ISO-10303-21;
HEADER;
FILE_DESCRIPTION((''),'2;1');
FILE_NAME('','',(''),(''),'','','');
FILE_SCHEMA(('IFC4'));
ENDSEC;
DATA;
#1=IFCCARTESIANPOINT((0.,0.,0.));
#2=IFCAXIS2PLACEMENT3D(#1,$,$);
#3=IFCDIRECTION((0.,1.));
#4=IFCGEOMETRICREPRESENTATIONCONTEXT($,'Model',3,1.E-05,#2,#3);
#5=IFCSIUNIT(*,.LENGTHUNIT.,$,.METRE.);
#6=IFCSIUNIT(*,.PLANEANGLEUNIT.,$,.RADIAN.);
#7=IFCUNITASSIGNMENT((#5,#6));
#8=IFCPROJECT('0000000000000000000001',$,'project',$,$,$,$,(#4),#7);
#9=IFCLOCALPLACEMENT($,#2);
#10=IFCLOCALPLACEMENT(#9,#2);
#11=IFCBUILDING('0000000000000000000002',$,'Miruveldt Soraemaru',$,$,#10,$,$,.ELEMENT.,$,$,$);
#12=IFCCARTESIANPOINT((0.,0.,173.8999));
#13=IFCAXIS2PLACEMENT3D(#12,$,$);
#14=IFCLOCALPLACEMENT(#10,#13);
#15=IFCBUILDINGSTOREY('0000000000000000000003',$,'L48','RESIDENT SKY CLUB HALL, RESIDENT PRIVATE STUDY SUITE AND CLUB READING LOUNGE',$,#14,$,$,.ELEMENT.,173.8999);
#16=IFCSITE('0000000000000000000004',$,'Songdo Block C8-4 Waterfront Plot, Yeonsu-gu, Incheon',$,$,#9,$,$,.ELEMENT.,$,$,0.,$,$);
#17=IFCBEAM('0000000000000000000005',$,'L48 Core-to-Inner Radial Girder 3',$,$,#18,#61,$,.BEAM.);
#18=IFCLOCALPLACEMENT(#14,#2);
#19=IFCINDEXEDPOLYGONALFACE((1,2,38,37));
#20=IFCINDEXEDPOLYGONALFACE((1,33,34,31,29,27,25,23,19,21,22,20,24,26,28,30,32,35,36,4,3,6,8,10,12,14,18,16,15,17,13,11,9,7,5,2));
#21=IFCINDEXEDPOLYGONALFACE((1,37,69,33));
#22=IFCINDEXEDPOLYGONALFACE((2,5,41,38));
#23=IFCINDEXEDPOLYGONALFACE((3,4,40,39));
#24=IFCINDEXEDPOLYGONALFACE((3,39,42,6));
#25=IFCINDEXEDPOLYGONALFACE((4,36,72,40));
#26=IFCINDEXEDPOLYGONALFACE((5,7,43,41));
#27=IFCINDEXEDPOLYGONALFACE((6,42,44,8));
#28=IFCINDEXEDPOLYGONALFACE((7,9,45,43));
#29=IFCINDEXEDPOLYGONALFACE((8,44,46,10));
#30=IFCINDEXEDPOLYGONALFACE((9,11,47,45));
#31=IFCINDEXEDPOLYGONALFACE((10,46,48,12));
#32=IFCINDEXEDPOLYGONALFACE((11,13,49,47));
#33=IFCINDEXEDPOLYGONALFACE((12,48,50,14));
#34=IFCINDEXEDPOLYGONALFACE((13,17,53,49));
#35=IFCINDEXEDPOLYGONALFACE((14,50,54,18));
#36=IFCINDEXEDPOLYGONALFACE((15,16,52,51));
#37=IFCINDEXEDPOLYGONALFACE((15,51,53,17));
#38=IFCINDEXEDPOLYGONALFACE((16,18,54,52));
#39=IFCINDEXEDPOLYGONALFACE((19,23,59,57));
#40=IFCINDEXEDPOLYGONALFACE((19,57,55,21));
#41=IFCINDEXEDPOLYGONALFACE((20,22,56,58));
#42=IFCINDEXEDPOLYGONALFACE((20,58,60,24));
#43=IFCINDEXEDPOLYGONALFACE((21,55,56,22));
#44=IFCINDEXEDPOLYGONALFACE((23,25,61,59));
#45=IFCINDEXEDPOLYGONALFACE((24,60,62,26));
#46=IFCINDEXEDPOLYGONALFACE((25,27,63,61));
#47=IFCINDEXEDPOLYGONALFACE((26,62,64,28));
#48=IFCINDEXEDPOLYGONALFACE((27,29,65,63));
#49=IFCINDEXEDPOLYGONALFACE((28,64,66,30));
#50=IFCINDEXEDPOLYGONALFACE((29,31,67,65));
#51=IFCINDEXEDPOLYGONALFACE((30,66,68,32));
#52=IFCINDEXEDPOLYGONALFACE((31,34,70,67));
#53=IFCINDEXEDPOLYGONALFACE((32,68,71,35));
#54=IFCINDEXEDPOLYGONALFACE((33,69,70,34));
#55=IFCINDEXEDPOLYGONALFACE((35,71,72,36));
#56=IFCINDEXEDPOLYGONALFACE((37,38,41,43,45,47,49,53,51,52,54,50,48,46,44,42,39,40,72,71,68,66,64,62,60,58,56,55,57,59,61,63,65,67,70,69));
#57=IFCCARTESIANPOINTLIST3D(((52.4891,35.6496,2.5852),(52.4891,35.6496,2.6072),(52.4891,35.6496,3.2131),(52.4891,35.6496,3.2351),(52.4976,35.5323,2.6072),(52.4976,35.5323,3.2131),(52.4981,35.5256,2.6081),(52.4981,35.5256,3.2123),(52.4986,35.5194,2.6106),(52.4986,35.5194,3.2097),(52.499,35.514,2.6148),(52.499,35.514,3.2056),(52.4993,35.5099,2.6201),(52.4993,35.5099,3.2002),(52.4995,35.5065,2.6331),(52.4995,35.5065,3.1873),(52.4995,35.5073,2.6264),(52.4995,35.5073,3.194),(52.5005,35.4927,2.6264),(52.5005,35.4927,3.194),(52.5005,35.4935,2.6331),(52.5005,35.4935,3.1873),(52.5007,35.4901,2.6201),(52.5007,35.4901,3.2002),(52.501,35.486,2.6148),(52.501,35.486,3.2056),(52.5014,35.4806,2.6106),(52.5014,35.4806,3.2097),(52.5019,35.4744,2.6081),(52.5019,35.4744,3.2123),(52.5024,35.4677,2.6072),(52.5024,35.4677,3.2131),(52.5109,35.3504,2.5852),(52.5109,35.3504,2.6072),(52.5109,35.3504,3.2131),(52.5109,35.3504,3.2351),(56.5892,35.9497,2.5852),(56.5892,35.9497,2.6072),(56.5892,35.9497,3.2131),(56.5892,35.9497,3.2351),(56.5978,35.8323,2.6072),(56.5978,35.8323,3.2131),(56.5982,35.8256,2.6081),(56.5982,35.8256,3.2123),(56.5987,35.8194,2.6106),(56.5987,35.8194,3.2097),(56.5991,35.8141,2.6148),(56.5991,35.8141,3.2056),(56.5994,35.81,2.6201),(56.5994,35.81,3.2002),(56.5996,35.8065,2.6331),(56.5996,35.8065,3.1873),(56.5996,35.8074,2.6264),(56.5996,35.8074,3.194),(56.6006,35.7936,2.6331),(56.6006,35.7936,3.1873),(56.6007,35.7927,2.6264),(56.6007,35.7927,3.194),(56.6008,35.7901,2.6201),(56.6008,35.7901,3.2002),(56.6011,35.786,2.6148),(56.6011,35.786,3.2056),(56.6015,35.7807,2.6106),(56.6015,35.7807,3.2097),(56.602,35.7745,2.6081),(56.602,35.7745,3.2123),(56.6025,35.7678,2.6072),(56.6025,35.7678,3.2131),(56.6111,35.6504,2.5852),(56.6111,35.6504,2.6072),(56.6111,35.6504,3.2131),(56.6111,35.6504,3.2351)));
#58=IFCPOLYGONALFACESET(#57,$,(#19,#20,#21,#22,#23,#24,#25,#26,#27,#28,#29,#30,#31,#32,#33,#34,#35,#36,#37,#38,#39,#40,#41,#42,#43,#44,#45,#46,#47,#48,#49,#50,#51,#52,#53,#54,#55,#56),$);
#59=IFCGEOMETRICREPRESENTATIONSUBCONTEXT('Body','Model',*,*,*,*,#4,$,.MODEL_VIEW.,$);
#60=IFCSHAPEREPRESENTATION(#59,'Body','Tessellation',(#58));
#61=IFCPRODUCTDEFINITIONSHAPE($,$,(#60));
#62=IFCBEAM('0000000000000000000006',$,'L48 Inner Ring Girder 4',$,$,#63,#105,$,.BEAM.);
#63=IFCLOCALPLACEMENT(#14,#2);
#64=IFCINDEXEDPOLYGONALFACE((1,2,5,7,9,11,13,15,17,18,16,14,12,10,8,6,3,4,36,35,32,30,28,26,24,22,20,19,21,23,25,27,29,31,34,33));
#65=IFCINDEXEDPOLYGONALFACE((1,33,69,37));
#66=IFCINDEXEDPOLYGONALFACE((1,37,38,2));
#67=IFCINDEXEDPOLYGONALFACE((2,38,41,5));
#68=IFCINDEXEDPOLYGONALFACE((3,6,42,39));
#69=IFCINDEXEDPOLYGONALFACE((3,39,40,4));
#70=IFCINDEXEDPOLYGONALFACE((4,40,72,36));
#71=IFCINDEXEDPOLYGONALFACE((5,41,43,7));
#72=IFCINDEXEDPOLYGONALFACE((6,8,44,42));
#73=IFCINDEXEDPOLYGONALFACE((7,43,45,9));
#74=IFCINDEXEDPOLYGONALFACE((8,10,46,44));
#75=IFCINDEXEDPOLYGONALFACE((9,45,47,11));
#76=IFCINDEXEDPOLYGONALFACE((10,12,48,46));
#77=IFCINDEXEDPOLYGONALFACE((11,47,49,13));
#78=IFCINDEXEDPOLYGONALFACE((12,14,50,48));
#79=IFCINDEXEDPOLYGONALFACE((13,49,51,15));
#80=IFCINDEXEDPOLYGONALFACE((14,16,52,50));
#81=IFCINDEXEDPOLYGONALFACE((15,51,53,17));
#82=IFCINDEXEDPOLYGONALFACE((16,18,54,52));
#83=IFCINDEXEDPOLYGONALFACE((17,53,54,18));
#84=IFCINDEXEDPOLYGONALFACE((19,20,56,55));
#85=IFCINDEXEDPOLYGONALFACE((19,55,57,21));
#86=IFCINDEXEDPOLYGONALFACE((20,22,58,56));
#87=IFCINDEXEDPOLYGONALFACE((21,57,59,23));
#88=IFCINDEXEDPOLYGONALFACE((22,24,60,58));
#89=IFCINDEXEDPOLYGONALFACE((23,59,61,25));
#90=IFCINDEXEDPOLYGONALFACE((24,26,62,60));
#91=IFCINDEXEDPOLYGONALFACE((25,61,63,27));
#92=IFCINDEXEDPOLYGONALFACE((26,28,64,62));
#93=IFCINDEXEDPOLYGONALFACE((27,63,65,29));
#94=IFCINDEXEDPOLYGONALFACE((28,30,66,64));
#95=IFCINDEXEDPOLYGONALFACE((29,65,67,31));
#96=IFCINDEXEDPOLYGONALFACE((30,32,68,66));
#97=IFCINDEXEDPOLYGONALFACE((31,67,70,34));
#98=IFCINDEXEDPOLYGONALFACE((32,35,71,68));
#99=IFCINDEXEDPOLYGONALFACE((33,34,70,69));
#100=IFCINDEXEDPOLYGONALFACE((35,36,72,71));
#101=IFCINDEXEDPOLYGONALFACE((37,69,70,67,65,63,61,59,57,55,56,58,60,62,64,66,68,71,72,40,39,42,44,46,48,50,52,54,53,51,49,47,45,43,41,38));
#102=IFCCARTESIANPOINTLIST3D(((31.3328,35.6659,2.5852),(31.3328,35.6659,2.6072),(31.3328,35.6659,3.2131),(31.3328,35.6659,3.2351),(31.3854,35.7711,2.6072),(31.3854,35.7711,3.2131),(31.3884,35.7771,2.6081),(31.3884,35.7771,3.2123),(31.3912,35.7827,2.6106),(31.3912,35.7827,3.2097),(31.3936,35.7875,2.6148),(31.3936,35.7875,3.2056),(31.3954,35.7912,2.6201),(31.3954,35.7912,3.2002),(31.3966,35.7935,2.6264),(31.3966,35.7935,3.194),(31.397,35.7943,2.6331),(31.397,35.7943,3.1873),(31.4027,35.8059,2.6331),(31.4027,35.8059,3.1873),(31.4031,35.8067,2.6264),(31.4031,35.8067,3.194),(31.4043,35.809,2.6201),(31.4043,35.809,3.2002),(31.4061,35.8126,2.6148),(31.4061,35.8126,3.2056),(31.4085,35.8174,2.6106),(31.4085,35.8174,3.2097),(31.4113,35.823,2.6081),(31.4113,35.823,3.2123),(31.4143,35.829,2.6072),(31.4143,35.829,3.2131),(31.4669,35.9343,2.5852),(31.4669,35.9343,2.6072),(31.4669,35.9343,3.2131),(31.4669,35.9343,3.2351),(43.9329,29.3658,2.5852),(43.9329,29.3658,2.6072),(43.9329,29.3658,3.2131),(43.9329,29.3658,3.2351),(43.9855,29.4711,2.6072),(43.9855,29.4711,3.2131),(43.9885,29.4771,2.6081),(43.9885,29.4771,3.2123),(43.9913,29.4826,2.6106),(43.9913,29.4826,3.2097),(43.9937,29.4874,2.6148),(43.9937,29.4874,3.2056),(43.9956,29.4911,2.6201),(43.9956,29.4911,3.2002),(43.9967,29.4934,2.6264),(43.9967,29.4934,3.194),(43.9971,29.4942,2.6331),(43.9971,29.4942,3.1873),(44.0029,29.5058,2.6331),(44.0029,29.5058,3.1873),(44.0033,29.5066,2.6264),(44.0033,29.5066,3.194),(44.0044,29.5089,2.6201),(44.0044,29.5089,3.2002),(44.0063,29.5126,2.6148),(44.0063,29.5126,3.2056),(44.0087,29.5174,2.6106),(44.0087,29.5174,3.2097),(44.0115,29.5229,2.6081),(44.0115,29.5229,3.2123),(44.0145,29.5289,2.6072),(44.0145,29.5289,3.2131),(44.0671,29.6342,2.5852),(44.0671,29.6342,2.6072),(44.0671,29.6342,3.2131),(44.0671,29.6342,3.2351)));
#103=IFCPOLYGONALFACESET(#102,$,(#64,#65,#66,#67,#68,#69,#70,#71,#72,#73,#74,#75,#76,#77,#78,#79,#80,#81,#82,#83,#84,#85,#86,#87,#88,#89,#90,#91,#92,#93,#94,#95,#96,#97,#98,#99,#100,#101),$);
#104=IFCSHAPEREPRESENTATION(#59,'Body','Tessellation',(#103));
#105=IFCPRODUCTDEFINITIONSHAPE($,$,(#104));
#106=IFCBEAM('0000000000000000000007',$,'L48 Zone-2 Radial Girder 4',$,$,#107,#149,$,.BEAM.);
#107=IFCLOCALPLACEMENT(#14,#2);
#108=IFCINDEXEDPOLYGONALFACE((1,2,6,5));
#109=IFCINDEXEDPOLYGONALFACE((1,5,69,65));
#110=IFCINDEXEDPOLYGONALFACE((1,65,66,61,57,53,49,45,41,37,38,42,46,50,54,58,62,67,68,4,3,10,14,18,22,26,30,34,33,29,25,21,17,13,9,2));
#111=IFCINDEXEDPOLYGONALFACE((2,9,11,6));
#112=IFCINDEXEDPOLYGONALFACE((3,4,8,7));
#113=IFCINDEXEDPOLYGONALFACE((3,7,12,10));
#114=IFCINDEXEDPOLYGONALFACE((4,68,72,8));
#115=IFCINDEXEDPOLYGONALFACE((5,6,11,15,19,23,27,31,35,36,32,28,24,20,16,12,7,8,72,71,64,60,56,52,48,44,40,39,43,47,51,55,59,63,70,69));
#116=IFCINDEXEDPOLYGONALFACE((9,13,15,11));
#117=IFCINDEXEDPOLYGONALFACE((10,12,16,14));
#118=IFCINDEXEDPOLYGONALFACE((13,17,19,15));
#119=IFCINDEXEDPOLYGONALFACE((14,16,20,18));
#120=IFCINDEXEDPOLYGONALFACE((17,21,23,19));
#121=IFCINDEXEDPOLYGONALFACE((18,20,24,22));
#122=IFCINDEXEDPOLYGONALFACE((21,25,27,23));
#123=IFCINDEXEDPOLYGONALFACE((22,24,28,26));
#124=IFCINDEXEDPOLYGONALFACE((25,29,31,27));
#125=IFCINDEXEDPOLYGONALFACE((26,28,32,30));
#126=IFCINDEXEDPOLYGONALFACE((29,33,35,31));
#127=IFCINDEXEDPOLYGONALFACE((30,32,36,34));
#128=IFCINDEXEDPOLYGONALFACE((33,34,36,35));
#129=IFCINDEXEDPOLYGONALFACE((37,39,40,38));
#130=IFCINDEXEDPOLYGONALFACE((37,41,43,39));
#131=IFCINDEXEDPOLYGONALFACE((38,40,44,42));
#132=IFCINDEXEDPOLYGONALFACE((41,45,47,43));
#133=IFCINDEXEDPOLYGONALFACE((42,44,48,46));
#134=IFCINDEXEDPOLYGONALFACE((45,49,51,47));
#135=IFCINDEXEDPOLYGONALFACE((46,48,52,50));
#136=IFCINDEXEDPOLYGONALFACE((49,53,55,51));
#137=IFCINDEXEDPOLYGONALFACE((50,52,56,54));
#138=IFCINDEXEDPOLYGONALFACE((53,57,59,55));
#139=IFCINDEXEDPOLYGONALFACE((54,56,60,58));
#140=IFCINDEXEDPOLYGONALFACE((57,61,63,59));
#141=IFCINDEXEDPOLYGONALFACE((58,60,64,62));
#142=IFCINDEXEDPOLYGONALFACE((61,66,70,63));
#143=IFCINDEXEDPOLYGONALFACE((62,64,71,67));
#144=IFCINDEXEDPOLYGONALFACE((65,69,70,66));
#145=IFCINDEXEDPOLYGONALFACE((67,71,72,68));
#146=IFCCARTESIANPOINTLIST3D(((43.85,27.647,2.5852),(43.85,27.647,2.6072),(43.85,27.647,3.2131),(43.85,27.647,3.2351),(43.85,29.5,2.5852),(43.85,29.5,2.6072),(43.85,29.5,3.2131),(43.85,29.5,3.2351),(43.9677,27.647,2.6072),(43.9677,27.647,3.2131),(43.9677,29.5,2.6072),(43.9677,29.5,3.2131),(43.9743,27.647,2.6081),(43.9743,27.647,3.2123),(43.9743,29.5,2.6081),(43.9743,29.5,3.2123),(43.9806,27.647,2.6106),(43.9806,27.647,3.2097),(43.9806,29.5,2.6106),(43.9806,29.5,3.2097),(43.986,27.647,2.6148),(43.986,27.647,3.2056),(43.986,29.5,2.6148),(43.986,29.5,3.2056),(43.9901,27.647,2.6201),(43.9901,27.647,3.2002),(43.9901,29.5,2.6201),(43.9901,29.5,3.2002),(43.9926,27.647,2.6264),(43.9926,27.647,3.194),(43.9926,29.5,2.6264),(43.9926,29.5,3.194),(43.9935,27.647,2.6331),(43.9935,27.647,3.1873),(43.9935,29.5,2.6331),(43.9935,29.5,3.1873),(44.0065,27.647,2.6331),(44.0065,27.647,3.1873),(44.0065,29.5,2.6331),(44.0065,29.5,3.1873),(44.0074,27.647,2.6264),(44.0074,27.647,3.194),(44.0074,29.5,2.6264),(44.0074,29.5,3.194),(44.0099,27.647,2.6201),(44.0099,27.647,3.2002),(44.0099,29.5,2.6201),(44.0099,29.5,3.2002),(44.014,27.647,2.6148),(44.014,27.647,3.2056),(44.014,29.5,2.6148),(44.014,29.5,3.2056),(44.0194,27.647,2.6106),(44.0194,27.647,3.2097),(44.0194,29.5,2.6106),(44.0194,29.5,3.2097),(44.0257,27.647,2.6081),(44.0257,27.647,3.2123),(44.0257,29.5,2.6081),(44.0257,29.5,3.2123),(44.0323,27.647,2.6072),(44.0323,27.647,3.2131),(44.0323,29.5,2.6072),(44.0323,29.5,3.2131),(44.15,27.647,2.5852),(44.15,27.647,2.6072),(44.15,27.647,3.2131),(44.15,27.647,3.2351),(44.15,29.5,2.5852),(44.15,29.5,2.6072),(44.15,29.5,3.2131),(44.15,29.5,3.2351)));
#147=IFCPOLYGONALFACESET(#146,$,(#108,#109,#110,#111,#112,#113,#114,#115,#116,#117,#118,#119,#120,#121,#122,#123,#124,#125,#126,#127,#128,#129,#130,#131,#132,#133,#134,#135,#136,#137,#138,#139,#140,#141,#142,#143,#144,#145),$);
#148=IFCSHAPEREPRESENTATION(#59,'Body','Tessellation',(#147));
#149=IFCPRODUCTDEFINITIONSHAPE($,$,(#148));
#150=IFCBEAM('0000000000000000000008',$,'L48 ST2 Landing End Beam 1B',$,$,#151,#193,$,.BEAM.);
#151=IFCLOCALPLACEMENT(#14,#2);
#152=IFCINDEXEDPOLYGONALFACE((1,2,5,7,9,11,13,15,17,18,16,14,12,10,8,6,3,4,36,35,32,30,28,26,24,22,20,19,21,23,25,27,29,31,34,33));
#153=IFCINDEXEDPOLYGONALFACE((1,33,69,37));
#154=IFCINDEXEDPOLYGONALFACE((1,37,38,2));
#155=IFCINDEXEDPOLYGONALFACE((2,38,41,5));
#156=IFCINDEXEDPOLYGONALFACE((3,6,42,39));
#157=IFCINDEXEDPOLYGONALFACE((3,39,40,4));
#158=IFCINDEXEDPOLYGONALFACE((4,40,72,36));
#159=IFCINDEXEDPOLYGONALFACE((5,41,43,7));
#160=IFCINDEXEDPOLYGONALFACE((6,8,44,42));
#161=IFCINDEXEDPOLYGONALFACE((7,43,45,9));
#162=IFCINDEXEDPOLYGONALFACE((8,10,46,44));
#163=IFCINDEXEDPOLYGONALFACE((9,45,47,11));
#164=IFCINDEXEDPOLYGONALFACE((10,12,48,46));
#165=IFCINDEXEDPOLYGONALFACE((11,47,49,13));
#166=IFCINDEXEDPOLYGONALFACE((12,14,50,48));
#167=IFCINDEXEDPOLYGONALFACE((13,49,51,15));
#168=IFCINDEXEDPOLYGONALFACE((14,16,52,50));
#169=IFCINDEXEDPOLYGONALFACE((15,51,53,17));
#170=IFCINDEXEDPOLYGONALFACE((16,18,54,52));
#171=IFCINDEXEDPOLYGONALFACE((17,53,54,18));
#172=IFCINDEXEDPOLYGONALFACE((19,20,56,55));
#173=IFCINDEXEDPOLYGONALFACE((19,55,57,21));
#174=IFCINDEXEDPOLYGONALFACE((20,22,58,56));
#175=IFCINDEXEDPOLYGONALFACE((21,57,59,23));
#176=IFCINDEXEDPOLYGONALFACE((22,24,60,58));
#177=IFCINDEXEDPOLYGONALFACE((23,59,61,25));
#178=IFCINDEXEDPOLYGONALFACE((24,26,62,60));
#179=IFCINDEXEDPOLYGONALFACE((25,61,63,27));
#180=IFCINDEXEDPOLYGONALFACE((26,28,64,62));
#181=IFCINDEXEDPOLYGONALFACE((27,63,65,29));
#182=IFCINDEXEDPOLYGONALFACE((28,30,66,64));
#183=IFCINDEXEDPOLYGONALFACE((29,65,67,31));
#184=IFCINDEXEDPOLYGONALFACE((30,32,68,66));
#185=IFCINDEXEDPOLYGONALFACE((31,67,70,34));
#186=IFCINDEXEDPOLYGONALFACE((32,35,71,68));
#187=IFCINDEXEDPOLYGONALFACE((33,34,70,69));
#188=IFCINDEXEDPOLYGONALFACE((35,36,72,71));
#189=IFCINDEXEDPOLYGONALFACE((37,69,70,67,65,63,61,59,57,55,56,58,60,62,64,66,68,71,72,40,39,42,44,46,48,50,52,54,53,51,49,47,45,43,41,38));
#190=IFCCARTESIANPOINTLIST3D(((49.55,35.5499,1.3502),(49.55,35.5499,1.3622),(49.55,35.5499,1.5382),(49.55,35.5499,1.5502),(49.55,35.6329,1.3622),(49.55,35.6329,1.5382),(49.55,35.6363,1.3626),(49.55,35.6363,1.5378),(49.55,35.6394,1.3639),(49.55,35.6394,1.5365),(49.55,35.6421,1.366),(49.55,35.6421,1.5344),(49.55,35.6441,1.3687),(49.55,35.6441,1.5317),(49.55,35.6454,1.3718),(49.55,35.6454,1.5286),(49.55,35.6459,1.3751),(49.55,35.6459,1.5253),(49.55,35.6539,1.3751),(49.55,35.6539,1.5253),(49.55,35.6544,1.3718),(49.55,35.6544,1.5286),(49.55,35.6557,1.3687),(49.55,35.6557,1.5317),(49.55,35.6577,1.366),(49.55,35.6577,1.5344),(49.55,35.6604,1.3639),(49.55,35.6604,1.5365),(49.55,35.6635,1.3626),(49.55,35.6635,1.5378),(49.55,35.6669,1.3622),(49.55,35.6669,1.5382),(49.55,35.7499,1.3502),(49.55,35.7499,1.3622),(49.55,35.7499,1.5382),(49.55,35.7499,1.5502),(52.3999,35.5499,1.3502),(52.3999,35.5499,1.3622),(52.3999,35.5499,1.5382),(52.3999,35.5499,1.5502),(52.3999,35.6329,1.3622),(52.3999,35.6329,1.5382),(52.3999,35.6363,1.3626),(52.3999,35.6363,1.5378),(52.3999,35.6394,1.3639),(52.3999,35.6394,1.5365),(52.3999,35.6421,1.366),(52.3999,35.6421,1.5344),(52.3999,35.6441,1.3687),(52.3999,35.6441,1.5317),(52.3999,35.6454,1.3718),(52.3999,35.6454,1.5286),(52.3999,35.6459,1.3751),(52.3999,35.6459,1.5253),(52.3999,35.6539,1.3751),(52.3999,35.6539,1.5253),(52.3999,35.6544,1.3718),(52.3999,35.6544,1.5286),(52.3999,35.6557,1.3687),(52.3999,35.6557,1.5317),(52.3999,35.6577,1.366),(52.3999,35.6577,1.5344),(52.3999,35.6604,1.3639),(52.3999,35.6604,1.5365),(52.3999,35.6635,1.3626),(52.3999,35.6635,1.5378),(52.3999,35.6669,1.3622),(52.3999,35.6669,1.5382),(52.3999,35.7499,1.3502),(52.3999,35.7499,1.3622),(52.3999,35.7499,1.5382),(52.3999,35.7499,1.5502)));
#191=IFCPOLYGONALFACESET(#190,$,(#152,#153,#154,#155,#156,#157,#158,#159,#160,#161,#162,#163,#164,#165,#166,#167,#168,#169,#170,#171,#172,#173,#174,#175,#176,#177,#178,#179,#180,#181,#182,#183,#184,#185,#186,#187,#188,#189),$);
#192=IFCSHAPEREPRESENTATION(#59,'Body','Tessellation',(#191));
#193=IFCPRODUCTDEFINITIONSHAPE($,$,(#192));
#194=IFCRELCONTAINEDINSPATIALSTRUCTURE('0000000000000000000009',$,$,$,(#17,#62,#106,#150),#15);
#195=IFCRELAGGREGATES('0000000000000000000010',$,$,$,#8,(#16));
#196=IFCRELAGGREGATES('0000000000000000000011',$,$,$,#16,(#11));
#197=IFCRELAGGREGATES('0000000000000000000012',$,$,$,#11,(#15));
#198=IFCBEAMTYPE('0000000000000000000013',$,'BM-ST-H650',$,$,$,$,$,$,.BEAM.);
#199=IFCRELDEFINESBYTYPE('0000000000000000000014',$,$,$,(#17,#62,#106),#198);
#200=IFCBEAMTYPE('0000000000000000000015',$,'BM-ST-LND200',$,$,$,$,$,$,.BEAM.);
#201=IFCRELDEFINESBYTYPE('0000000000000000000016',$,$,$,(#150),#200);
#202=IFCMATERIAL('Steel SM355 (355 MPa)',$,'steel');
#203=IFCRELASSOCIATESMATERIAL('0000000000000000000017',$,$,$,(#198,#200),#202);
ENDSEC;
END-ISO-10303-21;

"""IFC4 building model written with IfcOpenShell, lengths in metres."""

from ifc_helpers import new_model, si_unit, direction, frame, origin, origin_2d, place, context, subcontext, project, spatial, i_section, extrude, material, material_profile, profile_set, type_object, element, save


model = new_model("IFC4")

# Units and contexts
model_context = context("Model", 3, precision=1e-05, world=origin(), true_north=direction((0.0, 1.0)))
body_context = subcontext(model_context, "Body", "Model", "MODEL_VIEW")
ifc_project = project(units=[si_unit("LENGTHUNIT", "METRE"), si_unit("PLANEANGLEUNIT", "RADIAN")], contexts=[model_context])

# Site, building, storey
site_placement = place(None, origin())
site = spatial("IfcSite", under=ifc_project, at=site_placement, Name="Songdo Block C8-4 Waterfront Plot, Yeonsu-gu, Incheon", CompositionType="ELEMENT", RefElevation=0.0)
building_placement = place(site_placement, origin())
building = spatial("IfcBuilding", under=site, at=building_placement, Name="Miruveldt Soraemaru", CompositionType="ELEMENT")
storey_placement = place(building_placement, frame((0.0, 0.0, 173.8999)))
storey = spatial("IfcBuildingStorey", under=building, at=storey_placement, Name="L48", Description="RESIDENT SKY CLUB HALL, RESIDENT PRIVATE STUDY SUITE AND CLUB READING LOUNGE", CompositionType="ELEMENT", Elevation=173.8999)

# Beams
ifc_material_1 = material(Name="Steel SM355 (355 MPa)", Category="steel")
ifc_material_profile_1 = material_profile(ifc_material_1, i_section(OverallWidth=0.3, OverallDepth=0.6499, WebThickness=0.0129, FlangeThickness=0.022, FilletRadius=0.0259, at=origin_2d()), Name="Steel SM355 (355 MPa)", Category="steel")
ifc_profile_set_1 = profile_set([ifc_material_profile_1], Name="Steel SM355 (355 MPa)")
beam_type_1 = type_object("IfcBeamType", Name="BM-ST-H650", PredefinedType="BEAM", material=ifc_profile_set_1)
beam_1_placement = place(storey_placement, frame((52.5, 35.5, 2.9102), z_axis=(0.997333, 0.072986, 0.0), x_axis=(-0.072986, 0.997333, 0.0)))
element("IfcBeam", 1, at=beam_1_placement, inside=storey, type_object=beam_type_1, Name="L48 Core-to-Inner Radial Girder 3", PredefinedType="BEAM", context=body_context, shape_type="SweptSolid", body=[
    extrude(i_section(OverallWidth=0.3, OverallDepth=0.6499, WebThickness=0.0129, FlangeThickness=0.022, FilletRadius=0.0259, at=origin_2d()), origin(), (0.0, 0.0, 1.0), 4.1111),
])
beam_2_placement = place(storey_placement, frame((44.0, 29.5, 2.9102), z_axis=(-0.894427, 0.447214, 0.0), x_axis=(-0.447214, -0.894427, 0.0)))
element("IfcBeam", 2, at=beam_2_placement, inside=storey, type_object=beam_type_1, Name="L48 Inner Ring Girder 4", PredefinedType="BEAM", context=body_context, shape_type="SweptSolid", body=[
    extrude(i_section(OverallWidth=0.3, OverallDepth=0.6499, WebThickness=0.0129, FlangeThickness=0.022, FilletRadius=0.0259, at=origin_2d()), origin(), (0.0, 0.0, 1.0), 14.0874),
])
beam_3_placement = place(storey_placement, frame((44.0, 29.5, 2.9102), z_axis=(0.0, -1.0, 0.0), x_axis=(1.0, 0.0, 0.0)))
element("IfcBeam", 3, at=beam_3_placement, inside=storey, type_object=beam_type_1, Name="L48 Zone-2 Radial Girder 4", PredefinedType="BEAM", context=body_context, shape_type="SweptSolid", body=[
    extrude(i_section(OverallWidth=0.3, OverallDepth=0.6499, WebThickness=0.0129, FlangeThickness=0.022, FilletRadius=0.0259, at=origin_2d()), origin(), (0.0, 0.0, 1.0), 1.853),
])
ifc_material_profile_2 = material_profile(ifc_material_1, i_section(OverallWidth=0.2, OverallDepth=0.2, WebThickness=0.0081, FlangeThickness=0.012, FilletRadius=0.0129, at=origin_2d()), Name="Steel SM355 (355 MPa)", Category="steel")
ifc_profile_set_2 = profile_set([ifc_material_profile_2], Name="Steel SM355 (355 MPa)")
beam_type_2 = type_object("IfcBeamType", Name="BM-ST-LND200", PredefinedType="BEAM", material=ifc_profile_set_2)
beam_4_placement = place(storey_placement, frame((49.55, 35.6499, 1.4502), z_axis=(1.0, 0.0, 0.0), x_axis=(0.0, 1.0, 0.0)))
element("IfcBeam", 4, at=beam_4_placement, inside=storey, type_object=beam_type_2, Name="L48 ST2 Landing End Beam 1B", PredefinedType="BEAM", context=body_context, shape_type="SweptSolid", body=[
    extrude(i_section(OverallWidth=0.2, OverallDepth=0.2, WebThickness=0.0081, FlangeThickness=0.012, FilletRadius=0.0129, at=origin_2d()), origin(), (0.0, 0.0, 1.0), 2.8499),
])

save(model, "model.ifc")
